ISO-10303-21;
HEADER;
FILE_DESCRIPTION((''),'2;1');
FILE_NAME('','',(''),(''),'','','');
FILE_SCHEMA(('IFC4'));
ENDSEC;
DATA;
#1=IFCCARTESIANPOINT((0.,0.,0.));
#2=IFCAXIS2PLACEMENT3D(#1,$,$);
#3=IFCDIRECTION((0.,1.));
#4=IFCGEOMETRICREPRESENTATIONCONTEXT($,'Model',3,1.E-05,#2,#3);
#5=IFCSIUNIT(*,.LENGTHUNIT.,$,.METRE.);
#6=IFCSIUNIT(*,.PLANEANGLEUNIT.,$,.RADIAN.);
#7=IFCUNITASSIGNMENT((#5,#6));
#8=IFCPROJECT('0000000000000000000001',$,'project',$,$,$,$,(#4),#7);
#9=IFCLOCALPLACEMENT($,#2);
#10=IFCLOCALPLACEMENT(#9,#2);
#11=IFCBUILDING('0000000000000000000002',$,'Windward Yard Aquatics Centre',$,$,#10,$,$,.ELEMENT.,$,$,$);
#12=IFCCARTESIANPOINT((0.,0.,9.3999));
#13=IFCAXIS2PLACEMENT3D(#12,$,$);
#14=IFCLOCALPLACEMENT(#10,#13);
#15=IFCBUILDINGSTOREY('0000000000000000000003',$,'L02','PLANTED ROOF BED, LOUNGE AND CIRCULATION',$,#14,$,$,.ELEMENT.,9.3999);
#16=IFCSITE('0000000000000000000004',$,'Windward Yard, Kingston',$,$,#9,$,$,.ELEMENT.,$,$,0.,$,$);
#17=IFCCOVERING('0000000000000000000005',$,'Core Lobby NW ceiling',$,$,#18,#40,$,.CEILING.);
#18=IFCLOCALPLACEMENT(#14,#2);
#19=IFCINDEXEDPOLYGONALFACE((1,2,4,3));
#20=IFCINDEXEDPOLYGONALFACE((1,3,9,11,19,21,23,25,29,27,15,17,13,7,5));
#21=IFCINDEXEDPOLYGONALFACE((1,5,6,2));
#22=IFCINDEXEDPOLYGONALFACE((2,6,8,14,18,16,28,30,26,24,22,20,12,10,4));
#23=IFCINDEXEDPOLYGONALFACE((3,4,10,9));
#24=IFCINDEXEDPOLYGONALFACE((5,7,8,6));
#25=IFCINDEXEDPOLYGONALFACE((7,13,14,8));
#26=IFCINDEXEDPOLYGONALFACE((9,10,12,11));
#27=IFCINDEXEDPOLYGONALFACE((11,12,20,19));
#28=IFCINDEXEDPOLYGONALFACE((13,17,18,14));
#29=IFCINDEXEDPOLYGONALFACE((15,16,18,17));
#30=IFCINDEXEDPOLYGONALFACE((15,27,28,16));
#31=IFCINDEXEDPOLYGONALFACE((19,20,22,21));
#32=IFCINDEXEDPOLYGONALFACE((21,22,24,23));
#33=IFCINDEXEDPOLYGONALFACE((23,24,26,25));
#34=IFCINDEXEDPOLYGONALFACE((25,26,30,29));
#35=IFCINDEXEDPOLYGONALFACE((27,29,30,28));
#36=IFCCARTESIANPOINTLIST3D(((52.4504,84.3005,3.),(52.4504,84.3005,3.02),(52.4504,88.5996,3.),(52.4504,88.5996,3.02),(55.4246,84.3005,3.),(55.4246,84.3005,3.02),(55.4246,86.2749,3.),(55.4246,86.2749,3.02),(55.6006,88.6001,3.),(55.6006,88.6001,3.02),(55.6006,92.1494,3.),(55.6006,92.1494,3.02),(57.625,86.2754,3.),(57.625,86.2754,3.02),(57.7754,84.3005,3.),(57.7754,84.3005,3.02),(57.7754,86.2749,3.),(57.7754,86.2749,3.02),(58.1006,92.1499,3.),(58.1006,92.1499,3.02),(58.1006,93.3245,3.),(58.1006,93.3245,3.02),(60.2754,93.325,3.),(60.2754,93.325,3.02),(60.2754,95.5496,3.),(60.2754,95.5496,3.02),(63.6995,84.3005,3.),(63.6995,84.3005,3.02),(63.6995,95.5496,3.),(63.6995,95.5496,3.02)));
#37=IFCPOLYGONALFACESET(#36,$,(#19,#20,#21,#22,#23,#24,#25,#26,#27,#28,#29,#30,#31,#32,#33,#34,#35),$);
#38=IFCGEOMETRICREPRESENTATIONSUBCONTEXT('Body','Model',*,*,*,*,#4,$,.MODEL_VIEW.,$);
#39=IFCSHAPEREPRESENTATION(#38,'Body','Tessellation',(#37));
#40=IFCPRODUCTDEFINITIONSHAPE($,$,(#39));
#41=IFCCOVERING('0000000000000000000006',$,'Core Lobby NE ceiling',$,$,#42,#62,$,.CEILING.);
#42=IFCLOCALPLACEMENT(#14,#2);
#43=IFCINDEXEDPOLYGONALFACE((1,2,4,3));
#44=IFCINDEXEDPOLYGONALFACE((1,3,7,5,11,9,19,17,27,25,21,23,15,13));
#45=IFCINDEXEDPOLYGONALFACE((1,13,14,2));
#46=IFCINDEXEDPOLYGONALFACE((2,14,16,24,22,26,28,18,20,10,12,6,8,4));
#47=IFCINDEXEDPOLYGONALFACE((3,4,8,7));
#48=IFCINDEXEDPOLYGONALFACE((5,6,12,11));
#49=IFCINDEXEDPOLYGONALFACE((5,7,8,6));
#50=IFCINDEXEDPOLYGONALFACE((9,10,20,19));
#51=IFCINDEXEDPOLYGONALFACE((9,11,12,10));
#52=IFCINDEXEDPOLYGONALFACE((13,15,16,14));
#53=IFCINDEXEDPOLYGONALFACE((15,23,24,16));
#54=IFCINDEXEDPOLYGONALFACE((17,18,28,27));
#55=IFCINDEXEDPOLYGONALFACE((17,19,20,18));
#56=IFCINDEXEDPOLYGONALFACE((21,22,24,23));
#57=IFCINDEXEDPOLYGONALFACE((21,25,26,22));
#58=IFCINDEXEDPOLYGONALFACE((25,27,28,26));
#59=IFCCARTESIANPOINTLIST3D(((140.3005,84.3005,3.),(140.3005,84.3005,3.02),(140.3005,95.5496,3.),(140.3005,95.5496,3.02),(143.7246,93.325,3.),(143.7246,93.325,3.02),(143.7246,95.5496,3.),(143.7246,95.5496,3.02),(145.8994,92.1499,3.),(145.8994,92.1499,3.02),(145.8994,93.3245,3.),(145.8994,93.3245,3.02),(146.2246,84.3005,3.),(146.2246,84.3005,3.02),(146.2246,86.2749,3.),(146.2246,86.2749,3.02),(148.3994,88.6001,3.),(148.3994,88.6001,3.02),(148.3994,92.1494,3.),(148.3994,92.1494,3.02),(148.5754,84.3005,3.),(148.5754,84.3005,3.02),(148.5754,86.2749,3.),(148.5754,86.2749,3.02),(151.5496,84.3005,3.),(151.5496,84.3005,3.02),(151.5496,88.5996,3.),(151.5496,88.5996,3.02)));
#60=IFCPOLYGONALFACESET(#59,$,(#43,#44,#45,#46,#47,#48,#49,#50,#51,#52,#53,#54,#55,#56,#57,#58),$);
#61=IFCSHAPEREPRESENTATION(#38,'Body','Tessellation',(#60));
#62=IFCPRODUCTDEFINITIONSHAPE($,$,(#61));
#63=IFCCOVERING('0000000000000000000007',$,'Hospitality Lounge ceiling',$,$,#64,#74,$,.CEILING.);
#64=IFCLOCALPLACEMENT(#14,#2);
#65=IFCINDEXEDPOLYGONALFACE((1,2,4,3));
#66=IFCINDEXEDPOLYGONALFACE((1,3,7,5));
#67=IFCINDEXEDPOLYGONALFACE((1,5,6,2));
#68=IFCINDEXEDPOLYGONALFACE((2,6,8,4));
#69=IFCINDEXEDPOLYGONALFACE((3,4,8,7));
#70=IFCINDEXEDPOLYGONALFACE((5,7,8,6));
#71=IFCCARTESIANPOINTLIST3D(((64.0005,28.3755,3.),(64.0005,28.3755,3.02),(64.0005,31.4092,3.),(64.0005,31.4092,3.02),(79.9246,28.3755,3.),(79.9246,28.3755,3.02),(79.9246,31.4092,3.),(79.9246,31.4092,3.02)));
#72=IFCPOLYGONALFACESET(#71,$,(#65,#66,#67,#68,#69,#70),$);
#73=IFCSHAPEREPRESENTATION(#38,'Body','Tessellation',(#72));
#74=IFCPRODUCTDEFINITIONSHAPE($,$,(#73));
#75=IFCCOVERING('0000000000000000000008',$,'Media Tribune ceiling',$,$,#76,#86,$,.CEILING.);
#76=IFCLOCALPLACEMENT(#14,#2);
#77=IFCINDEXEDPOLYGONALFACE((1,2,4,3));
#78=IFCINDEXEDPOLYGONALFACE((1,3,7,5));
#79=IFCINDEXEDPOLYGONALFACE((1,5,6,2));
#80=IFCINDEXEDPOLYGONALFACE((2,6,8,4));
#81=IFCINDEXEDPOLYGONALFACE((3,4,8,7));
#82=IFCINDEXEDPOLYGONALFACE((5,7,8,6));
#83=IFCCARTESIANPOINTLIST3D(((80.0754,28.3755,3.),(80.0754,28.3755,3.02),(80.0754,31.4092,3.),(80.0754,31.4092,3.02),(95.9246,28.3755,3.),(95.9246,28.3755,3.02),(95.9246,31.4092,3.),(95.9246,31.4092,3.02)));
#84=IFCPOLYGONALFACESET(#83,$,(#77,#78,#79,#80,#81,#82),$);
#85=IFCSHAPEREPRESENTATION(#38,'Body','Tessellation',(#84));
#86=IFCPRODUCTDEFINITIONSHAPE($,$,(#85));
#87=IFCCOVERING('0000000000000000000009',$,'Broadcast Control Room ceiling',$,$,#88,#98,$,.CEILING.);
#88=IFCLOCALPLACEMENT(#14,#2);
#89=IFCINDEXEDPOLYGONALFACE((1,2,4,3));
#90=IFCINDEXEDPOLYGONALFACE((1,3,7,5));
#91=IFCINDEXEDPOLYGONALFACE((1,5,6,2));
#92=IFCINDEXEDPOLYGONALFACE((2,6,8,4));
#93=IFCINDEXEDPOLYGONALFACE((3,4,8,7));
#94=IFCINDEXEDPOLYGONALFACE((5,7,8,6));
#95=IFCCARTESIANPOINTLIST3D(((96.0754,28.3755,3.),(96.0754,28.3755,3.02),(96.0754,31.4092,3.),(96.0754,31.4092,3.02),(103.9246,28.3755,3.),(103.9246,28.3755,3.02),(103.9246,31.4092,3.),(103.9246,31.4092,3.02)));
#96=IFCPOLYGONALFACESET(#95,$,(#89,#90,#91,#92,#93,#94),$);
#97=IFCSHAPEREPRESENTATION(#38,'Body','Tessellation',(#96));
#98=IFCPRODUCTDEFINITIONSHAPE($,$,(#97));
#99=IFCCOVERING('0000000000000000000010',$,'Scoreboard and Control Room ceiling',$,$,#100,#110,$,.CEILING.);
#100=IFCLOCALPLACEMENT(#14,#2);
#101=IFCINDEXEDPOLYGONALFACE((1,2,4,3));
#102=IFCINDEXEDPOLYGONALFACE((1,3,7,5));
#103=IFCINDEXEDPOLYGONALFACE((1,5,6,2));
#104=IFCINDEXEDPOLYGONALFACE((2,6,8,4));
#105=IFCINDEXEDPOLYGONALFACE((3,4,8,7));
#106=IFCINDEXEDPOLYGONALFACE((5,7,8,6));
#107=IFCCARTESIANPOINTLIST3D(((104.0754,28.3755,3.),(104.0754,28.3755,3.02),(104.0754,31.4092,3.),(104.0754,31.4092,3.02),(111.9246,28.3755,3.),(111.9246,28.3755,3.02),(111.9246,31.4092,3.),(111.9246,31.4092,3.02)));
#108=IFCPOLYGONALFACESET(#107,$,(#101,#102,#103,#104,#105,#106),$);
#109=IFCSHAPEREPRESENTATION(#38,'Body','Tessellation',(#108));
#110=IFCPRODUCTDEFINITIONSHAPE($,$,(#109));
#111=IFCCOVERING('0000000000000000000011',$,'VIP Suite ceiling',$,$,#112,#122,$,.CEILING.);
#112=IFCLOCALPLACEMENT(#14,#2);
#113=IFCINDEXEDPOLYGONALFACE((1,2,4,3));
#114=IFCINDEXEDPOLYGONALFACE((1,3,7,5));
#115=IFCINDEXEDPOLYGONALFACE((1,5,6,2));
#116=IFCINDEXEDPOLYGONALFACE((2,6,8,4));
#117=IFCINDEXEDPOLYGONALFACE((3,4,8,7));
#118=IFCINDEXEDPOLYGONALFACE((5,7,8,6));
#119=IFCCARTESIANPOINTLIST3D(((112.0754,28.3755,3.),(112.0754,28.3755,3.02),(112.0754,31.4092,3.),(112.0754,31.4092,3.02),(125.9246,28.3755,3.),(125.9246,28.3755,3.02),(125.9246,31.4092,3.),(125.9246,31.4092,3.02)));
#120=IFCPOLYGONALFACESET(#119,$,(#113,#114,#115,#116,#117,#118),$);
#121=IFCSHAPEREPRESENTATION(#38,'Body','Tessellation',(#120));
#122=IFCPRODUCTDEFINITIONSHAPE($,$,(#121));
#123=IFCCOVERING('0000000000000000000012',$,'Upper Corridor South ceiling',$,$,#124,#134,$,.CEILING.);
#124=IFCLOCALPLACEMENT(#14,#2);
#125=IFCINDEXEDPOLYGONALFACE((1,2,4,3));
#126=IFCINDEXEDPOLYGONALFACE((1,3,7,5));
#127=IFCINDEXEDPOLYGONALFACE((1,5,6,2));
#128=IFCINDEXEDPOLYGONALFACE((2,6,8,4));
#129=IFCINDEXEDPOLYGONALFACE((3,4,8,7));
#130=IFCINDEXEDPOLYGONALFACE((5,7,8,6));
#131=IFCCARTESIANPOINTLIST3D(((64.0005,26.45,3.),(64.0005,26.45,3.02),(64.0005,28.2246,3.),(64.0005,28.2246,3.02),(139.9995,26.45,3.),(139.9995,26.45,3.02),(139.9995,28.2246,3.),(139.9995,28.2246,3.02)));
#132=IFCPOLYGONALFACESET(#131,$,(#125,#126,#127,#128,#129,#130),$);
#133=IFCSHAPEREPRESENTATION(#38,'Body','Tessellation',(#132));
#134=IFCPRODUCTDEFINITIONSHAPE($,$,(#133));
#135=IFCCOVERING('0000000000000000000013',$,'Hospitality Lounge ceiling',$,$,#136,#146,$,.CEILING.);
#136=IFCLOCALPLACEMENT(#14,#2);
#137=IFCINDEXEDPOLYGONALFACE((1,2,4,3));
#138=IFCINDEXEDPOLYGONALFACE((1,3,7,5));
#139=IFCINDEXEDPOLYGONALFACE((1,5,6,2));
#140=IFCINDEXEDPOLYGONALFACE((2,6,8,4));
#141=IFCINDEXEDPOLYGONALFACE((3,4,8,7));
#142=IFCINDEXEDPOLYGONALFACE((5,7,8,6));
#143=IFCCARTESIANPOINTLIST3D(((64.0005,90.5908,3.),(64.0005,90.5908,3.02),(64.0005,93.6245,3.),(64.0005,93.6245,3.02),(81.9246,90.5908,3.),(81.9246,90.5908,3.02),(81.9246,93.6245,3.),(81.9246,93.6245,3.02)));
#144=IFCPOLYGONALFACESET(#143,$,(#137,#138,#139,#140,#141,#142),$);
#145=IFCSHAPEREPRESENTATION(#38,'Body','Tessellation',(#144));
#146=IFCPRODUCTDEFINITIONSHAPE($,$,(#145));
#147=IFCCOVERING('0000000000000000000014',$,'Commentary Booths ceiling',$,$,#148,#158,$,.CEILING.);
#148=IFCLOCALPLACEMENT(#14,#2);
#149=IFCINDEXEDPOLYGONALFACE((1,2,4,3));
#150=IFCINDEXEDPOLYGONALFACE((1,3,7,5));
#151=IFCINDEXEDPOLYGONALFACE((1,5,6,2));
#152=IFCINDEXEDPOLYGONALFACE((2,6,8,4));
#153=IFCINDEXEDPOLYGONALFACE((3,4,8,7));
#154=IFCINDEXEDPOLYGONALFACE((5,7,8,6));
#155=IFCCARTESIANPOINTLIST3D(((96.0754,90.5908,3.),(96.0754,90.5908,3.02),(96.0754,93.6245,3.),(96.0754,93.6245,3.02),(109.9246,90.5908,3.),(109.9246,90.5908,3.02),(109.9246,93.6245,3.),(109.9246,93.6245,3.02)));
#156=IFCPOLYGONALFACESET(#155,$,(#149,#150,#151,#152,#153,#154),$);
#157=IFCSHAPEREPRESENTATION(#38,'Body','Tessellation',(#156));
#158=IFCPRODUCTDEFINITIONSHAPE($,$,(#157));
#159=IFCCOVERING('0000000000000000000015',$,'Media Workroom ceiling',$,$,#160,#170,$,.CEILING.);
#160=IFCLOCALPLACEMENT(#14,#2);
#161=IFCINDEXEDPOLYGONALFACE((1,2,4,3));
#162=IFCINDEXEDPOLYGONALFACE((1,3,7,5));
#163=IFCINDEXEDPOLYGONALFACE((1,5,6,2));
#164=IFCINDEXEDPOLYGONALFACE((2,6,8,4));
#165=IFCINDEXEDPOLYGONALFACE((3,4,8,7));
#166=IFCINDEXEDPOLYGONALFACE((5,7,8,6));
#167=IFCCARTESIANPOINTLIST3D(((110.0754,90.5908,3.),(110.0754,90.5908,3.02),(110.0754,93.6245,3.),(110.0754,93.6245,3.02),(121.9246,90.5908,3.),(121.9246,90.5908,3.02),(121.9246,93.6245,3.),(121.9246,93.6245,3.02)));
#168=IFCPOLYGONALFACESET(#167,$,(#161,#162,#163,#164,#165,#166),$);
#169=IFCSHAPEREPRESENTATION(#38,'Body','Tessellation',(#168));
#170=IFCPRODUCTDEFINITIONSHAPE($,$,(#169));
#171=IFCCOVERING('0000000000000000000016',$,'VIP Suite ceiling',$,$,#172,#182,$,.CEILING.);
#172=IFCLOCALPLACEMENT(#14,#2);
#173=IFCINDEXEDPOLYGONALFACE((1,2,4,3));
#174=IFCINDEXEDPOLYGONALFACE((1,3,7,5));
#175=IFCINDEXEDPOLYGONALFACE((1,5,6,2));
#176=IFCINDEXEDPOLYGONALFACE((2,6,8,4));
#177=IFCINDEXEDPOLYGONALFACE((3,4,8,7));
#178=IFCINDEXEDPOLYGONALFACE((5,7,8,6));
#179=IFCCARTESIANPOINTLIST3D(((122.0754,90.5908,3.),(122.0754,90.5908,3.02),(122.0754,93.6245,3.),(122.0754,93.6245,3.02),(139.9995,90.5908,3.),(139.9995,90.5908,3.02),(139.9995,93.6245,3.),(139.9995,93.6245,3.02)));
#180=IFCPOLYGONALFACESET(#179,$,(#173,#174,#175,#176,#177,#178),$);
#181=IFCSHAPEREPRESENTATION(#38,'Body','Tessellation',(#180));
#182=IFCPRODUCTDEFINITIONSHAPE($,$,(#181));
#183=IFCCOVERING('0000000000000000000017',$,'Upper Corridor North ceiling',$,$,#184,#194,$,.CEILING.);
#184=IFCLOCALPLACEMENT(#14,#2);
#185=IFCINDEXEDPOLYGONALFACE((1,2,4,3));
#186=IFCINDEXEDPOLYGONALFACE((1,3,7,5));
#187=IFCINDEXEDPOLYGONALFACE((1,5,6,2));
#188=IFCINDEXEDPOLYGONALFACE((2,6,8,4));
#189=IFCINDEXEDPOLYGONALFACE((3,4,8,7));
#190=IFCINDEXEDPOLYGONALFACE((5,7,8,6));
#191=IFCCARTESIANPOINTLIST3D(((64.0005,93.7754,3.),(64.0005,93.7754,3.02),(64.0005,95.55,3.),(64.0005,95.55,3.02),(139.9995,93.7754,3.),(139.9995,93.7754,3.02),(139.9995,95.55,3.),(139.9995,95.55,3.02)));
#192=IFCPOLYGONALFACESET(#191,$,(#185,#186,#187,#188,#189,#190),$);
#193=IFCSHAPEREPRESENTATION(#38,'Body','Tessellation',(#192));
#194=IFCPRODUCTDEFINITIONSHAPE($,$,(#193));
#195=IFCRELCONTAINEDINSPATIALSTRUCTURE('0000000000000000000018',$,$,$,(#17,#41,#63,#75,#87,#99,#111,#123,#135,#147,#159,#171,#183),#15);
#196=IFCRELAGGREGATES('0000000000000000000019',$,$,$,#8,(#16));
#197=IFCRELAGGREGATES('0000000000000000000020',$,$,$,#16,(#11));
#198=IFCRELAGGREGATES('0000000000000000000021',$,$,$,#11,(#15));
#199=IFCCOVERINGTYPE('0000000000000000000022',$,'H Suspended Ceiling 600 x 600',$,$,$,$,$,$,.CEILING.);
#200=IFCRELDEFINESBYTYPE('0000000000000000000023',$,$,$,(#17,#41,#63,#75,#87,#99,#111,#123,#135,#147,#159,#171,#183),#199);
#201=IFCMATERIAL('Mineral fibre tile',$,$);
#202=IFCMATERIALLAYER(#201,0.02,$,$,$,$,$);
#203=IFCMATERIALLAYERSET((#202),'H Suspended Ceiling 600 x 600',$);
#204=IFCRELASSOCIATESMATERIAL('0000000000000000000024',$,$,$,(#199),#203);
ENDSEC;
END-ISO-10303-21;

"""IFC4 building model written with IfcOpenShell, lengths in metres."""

from ifc_helpers import new_model, si_unit, direction, frame, origin, place, context, subcontext, project, spatial, polyline, outline, extrude, material, layer, layer_set, type_object, element, save


model = new_model("IFC4")

# Units and contexts
model_context = context("Model", 3, precision=1e-05, world=origin(), true_north=direction((0.0, 1.0)))
body_context = subcontext(model_context, "Body", "Model", "MODEL_VIEW")
ifc_project = project(units=[si_unit("LENGTHUNIT", "METRE"), si_unit("PLANEANGLEUNIT", "RADIAN")], contexts=[model_context])

# Site, building, storey
site_placement = place(None, origin())
site = spatial("IfcSite", under=ifc_project, at=site_placement, Name="Windward Yard, Kingston", CompositionType="ELEMENT", RefElevation=0.0)
building_placement = place(site_placement, origin())
building = spatial("IfcBuilding", under=site, at=building_placement, Name="Windward Yard Aquatics Centre", CompositionType="ELEMENT")
storey_placement = place(building_placement, frame((0.0, 0.0, 9.3999)))
storey = spatial("IfcBuildingStorey", under=building, at=storey_placement, Name="L02", Description="PLANTED ROOF BED, LOUNGE AND CIRCULATION", CompositionType="ELEMENT", Elevation=9.3999)

# Coverings
ifc_material_1 = material(Name="Mineral fibre tile")
ifc_layer_1 = layer(ifc_material_1, 0.02)
ifc_layer_set_1 = layer_set([ifc_layer_1], Name="H Suspended Ceiling 600 x 600")
covering_type_1 = type_object("IfcCoveringType", Name="H Suspended Ceiling 600 x 600", PredefinedType="CEILING", material=ifc_layer_set_1)
covering_1_placement = place(storey_placement, frame((0.0, 0.0, 3.0)))
element("IfcCovering", 1, at=covering_1_placement, inside=storey, type_object=covering_type_1, Name="Core Lobby NW ceiling", PredefinedType="CEILING", context=body_context, shape_type="SweptSolid", body=[
    extrude(outline(polyline([(52.4504, 84.3005), (52.4504, 88.5996), (55.6006, 88.6001), (55.6006, 92.1494), (58.1006, 92.1499), (58.1006, 93.3245), (60.2754, 93.325), (60.2754, 95.5496), (63.6995, 95.5496), (63.6995, 84.3005), (57.7754, 84.3005), (57.7754, 86.2749), (57.625, 86.2754), (55.4246, 86.2749), (55.4246, 84.3005), (52.4504, 84.3005)])), origin(), (0.0, 0.0, 1.0), 0.02),
])
covering_2_placement = place(storey_placement, frame((0.0, 0.0, 3.0)))
element("IfcCovering", 2, at=covering_2_placement, inside=storey, type_object=covering_type_1, Name="Core Lobby NE ceiling", PredefinedType="CEILING", context=body_context, shape_type="SweptSolid", body=[
    extrude(outline(polyline([(140.3005, 84.3005), (140.3005, 95.5496), (143.7246, 95.5496), (143.7246, 93.325), (145.8994, 93.3245), (145.8994, 92.1499), (148.3994, 92.1494), (148.3994, 88.6001), (151.5496, 88.5996), (151.5496, 84.3005), (148.5754, 84.3005), (148.5754, 86.2749), (146.2246, 86.2749), (146.2246, 84.3005), (140.3005, 84.3005)])), origin(), (0.0, 0.0, 1.0), 0.02),
])
covering_3_placement = place(storey_placement, frame((0.0, 0.0, 3.0)))
element("IfcCovering", 3, at=covering_3_placement, inside=storey, type_object=covering_type_1, Name="Hospitality Lounge ceiling", PredefinedType="CEILING", context=body_context, shape_type="SweptSolid", body=[
    extrude(outline(polyline([(64.0005, 28.3755), (64.0005, 31.4092), (79.9246, 31.4092), (79.9246, 28.3755), (64.0005, 28.3755)])), origin(), (0.0, 0.0, 1.0), 0.02),
])
covering_4_placement = place(storey_placement, frame((0.0, 0.0, 3.0)))
element("IfcCovering", 4, at=covering_4_placement, inside=storey, type_object=covering_type_1, Name="Media Tribune ceiling", PredefinedType="CEILING", context=body_context, shape_type="SweptSolid", body=[
    extrude(outline(polyline([(80.0754, 28.3755), (80.0754, 31.4092), (95.9246, 31.4092), (95.9246, 28.3755), (80.0754, 28.3755)])), origin(), (0.0, 0.0, 1.0), 0.02),
])
covering_5_placement = place(storey_placement, frame((0.0, 0.0, 3.0)))
element("IfcCovering", 5, at=covering_5_placement, inside=storey, type_object=covering_type_1, Name="Broadcast Control Room ceiling", PredefinedType="CEILING", context=body_context, shape_type="SweptSolid", body=[
    extrude(outline(polyline([(96.0754, 28.3755), (96.0754, 31.4092), (103.9246, 31.4092), (103.9246, 28.3755), (96.0754, 28.3755)])), origin(), (0.0, 0.0, 1.0), 0.02),
])
covering_6_placement = place(storey_placement, frame((0.0, 0.0, 3.0)))
element("IfcCovering", 6, at=covering_6_placement, inside=storey, type_object=covering_type_1, Name="Scoreboard and Control Room ceiling", PredefinedType="CEILING", context=body_context, shape_type="SweptSolid", body=[
    extrude(outline(polyline([(104.0754, 28.3755), (104.0754, 31.4092), (111.9246, 31.4092), (111.9246, 28.3755), (104.0754, 28.3755)])), origin(), (0.0, 0.0, 1.0), 0.02),
])
covering_7_placement = place(storey_placement, frame((0.0, 0.0, 3.0)))
element("IfcCovering", 7, at=covering_7_placement, inside=storey, type_object=covering_type_1, Name="VIP Suite ceiling", PredefinedType="CEILING", context=body_context, shape_type="SweptSolid", body=[
    extrude(outline(polyline([(112.0754, 28.3755), (112.0754, 31.4092), (125.9246, 31.4092), (125.9246, 28.3755), (112.0754, 28.3755)])), origin(), (0.0, 0.0, 1.0), 0.02),
])
covering_8_placement = place(storey_placement, frame((0.0, 0.0, 3.0)))
element("IfcCovering", 8, at=covering_8_placement, inside=storey, type_object=covering_type_1, Name="Upper Corridor South ceiling", PredefinedType="CEILING", context=body_context, shape_type="SweptSolid", body=[
    extrude(outline(polyline([(64.0005, 26.45), (64.0005, 28.2246), (139.9995, 28.2246), (139.9995, 26.45), (64.0005, 26.45)])), origin(), (0.0, 0.0, 1.0), 0.02),
])
covering_9_placement = place(storey_placement, frame((0.0, 0.0, 3.0)))
element("IfcCovering", 9, at=covering_9_placement, inside=storey, type_object=covering_type_1, Name="Hospitality Lounge ceiling", PredefinedType="CEILING", context=body_context, shape_type="SweptSolid", body=[
    extrude(outline(polyline([(64.0005, 90.5908), (64.0005, 93.6245), (81.9246, 93.6245), (81.9246, 90.5908), (64.0005, 90.5908)])), origin(), (0.0, 0.0, 1.0), 0.02),
])
covering_10_placement = place(storey_placement, frame((0.0, 0.0, 3.0)))
element("IfcCovering", 10, at=covering_10_placement, inside=storey, type_object=covering_type_1, Name="Commentary Booths ceiling", PredefinedType="CEILING", context=body_context, shape_type="SweptSolid", body=[
    extrude(outline(polyline([(96.0754, 90.5908), (96.0754, 93.6245), (109.9246, 93.6245), (109.9246, 90.5908), (96.0754, 90.5908)])), origin(), (0.0, 0.0, 1.0), 0.02),
])
covering_11_placement = place(storey_placement, frame((0.0, 0.0, 3.0)))
element("IfcCovering", 11, at=covering_11_placement, inside=storey, type_object=covering_type_1, Name="Media Workroom ceiling", PredefinedType="CEILING", context=body_context, shape_type="SweptSolid", body=[
    extrude(outline(polyline([(110.0754, 90.5908), (110.0754, 93.6245), (121.9246, 93.6245), (121.9246, 90.5908), (110.0754, 90.5908)])), origin(), (0.0, 0.0, 1.0), 0.02),
])
covering_12_placement = place(storey_placement, frame((0.0, 0.0, 3.0)))
element("IfcCovering", 12, at=covering_12_placement, inside=storey, type_object=covering_type_1, Name="VIP Suite ceiling", PredefinedType="CEILING", context=body_context, shape_type="SweptSolid", body=[
    extrude(outline(polyline([(122.0754, 90.5908), (122.0754, 93.6245), (139.9995, 93.6245), (139.9995, 90.5908), (122.0754, 90.5908)])), origin(), (0.0, 0.0, 1.0), 0.02),
])
covering_13_placement = place(storey_placement, frame((0.0, 0.0, 3.0)))
element("IfcCovering", 13, at=covering_13_placement, inside=storey, type_object=covering_type_1, Name="Upper Corridor North ceiling", PredefinedType="CEILING", context=body_context, shape_type="SweptSolid", body=[
    extrude(outline(polyline([(64.0005, 93.7754), (64.0005, 95.55), (139.9995, 95.55), (139.9995, 93.7754), (64.0005, 93.7754)])), origin(), (0.0, 0.0, 1.0), 0.02),
])

save(model, "model.ifc")
